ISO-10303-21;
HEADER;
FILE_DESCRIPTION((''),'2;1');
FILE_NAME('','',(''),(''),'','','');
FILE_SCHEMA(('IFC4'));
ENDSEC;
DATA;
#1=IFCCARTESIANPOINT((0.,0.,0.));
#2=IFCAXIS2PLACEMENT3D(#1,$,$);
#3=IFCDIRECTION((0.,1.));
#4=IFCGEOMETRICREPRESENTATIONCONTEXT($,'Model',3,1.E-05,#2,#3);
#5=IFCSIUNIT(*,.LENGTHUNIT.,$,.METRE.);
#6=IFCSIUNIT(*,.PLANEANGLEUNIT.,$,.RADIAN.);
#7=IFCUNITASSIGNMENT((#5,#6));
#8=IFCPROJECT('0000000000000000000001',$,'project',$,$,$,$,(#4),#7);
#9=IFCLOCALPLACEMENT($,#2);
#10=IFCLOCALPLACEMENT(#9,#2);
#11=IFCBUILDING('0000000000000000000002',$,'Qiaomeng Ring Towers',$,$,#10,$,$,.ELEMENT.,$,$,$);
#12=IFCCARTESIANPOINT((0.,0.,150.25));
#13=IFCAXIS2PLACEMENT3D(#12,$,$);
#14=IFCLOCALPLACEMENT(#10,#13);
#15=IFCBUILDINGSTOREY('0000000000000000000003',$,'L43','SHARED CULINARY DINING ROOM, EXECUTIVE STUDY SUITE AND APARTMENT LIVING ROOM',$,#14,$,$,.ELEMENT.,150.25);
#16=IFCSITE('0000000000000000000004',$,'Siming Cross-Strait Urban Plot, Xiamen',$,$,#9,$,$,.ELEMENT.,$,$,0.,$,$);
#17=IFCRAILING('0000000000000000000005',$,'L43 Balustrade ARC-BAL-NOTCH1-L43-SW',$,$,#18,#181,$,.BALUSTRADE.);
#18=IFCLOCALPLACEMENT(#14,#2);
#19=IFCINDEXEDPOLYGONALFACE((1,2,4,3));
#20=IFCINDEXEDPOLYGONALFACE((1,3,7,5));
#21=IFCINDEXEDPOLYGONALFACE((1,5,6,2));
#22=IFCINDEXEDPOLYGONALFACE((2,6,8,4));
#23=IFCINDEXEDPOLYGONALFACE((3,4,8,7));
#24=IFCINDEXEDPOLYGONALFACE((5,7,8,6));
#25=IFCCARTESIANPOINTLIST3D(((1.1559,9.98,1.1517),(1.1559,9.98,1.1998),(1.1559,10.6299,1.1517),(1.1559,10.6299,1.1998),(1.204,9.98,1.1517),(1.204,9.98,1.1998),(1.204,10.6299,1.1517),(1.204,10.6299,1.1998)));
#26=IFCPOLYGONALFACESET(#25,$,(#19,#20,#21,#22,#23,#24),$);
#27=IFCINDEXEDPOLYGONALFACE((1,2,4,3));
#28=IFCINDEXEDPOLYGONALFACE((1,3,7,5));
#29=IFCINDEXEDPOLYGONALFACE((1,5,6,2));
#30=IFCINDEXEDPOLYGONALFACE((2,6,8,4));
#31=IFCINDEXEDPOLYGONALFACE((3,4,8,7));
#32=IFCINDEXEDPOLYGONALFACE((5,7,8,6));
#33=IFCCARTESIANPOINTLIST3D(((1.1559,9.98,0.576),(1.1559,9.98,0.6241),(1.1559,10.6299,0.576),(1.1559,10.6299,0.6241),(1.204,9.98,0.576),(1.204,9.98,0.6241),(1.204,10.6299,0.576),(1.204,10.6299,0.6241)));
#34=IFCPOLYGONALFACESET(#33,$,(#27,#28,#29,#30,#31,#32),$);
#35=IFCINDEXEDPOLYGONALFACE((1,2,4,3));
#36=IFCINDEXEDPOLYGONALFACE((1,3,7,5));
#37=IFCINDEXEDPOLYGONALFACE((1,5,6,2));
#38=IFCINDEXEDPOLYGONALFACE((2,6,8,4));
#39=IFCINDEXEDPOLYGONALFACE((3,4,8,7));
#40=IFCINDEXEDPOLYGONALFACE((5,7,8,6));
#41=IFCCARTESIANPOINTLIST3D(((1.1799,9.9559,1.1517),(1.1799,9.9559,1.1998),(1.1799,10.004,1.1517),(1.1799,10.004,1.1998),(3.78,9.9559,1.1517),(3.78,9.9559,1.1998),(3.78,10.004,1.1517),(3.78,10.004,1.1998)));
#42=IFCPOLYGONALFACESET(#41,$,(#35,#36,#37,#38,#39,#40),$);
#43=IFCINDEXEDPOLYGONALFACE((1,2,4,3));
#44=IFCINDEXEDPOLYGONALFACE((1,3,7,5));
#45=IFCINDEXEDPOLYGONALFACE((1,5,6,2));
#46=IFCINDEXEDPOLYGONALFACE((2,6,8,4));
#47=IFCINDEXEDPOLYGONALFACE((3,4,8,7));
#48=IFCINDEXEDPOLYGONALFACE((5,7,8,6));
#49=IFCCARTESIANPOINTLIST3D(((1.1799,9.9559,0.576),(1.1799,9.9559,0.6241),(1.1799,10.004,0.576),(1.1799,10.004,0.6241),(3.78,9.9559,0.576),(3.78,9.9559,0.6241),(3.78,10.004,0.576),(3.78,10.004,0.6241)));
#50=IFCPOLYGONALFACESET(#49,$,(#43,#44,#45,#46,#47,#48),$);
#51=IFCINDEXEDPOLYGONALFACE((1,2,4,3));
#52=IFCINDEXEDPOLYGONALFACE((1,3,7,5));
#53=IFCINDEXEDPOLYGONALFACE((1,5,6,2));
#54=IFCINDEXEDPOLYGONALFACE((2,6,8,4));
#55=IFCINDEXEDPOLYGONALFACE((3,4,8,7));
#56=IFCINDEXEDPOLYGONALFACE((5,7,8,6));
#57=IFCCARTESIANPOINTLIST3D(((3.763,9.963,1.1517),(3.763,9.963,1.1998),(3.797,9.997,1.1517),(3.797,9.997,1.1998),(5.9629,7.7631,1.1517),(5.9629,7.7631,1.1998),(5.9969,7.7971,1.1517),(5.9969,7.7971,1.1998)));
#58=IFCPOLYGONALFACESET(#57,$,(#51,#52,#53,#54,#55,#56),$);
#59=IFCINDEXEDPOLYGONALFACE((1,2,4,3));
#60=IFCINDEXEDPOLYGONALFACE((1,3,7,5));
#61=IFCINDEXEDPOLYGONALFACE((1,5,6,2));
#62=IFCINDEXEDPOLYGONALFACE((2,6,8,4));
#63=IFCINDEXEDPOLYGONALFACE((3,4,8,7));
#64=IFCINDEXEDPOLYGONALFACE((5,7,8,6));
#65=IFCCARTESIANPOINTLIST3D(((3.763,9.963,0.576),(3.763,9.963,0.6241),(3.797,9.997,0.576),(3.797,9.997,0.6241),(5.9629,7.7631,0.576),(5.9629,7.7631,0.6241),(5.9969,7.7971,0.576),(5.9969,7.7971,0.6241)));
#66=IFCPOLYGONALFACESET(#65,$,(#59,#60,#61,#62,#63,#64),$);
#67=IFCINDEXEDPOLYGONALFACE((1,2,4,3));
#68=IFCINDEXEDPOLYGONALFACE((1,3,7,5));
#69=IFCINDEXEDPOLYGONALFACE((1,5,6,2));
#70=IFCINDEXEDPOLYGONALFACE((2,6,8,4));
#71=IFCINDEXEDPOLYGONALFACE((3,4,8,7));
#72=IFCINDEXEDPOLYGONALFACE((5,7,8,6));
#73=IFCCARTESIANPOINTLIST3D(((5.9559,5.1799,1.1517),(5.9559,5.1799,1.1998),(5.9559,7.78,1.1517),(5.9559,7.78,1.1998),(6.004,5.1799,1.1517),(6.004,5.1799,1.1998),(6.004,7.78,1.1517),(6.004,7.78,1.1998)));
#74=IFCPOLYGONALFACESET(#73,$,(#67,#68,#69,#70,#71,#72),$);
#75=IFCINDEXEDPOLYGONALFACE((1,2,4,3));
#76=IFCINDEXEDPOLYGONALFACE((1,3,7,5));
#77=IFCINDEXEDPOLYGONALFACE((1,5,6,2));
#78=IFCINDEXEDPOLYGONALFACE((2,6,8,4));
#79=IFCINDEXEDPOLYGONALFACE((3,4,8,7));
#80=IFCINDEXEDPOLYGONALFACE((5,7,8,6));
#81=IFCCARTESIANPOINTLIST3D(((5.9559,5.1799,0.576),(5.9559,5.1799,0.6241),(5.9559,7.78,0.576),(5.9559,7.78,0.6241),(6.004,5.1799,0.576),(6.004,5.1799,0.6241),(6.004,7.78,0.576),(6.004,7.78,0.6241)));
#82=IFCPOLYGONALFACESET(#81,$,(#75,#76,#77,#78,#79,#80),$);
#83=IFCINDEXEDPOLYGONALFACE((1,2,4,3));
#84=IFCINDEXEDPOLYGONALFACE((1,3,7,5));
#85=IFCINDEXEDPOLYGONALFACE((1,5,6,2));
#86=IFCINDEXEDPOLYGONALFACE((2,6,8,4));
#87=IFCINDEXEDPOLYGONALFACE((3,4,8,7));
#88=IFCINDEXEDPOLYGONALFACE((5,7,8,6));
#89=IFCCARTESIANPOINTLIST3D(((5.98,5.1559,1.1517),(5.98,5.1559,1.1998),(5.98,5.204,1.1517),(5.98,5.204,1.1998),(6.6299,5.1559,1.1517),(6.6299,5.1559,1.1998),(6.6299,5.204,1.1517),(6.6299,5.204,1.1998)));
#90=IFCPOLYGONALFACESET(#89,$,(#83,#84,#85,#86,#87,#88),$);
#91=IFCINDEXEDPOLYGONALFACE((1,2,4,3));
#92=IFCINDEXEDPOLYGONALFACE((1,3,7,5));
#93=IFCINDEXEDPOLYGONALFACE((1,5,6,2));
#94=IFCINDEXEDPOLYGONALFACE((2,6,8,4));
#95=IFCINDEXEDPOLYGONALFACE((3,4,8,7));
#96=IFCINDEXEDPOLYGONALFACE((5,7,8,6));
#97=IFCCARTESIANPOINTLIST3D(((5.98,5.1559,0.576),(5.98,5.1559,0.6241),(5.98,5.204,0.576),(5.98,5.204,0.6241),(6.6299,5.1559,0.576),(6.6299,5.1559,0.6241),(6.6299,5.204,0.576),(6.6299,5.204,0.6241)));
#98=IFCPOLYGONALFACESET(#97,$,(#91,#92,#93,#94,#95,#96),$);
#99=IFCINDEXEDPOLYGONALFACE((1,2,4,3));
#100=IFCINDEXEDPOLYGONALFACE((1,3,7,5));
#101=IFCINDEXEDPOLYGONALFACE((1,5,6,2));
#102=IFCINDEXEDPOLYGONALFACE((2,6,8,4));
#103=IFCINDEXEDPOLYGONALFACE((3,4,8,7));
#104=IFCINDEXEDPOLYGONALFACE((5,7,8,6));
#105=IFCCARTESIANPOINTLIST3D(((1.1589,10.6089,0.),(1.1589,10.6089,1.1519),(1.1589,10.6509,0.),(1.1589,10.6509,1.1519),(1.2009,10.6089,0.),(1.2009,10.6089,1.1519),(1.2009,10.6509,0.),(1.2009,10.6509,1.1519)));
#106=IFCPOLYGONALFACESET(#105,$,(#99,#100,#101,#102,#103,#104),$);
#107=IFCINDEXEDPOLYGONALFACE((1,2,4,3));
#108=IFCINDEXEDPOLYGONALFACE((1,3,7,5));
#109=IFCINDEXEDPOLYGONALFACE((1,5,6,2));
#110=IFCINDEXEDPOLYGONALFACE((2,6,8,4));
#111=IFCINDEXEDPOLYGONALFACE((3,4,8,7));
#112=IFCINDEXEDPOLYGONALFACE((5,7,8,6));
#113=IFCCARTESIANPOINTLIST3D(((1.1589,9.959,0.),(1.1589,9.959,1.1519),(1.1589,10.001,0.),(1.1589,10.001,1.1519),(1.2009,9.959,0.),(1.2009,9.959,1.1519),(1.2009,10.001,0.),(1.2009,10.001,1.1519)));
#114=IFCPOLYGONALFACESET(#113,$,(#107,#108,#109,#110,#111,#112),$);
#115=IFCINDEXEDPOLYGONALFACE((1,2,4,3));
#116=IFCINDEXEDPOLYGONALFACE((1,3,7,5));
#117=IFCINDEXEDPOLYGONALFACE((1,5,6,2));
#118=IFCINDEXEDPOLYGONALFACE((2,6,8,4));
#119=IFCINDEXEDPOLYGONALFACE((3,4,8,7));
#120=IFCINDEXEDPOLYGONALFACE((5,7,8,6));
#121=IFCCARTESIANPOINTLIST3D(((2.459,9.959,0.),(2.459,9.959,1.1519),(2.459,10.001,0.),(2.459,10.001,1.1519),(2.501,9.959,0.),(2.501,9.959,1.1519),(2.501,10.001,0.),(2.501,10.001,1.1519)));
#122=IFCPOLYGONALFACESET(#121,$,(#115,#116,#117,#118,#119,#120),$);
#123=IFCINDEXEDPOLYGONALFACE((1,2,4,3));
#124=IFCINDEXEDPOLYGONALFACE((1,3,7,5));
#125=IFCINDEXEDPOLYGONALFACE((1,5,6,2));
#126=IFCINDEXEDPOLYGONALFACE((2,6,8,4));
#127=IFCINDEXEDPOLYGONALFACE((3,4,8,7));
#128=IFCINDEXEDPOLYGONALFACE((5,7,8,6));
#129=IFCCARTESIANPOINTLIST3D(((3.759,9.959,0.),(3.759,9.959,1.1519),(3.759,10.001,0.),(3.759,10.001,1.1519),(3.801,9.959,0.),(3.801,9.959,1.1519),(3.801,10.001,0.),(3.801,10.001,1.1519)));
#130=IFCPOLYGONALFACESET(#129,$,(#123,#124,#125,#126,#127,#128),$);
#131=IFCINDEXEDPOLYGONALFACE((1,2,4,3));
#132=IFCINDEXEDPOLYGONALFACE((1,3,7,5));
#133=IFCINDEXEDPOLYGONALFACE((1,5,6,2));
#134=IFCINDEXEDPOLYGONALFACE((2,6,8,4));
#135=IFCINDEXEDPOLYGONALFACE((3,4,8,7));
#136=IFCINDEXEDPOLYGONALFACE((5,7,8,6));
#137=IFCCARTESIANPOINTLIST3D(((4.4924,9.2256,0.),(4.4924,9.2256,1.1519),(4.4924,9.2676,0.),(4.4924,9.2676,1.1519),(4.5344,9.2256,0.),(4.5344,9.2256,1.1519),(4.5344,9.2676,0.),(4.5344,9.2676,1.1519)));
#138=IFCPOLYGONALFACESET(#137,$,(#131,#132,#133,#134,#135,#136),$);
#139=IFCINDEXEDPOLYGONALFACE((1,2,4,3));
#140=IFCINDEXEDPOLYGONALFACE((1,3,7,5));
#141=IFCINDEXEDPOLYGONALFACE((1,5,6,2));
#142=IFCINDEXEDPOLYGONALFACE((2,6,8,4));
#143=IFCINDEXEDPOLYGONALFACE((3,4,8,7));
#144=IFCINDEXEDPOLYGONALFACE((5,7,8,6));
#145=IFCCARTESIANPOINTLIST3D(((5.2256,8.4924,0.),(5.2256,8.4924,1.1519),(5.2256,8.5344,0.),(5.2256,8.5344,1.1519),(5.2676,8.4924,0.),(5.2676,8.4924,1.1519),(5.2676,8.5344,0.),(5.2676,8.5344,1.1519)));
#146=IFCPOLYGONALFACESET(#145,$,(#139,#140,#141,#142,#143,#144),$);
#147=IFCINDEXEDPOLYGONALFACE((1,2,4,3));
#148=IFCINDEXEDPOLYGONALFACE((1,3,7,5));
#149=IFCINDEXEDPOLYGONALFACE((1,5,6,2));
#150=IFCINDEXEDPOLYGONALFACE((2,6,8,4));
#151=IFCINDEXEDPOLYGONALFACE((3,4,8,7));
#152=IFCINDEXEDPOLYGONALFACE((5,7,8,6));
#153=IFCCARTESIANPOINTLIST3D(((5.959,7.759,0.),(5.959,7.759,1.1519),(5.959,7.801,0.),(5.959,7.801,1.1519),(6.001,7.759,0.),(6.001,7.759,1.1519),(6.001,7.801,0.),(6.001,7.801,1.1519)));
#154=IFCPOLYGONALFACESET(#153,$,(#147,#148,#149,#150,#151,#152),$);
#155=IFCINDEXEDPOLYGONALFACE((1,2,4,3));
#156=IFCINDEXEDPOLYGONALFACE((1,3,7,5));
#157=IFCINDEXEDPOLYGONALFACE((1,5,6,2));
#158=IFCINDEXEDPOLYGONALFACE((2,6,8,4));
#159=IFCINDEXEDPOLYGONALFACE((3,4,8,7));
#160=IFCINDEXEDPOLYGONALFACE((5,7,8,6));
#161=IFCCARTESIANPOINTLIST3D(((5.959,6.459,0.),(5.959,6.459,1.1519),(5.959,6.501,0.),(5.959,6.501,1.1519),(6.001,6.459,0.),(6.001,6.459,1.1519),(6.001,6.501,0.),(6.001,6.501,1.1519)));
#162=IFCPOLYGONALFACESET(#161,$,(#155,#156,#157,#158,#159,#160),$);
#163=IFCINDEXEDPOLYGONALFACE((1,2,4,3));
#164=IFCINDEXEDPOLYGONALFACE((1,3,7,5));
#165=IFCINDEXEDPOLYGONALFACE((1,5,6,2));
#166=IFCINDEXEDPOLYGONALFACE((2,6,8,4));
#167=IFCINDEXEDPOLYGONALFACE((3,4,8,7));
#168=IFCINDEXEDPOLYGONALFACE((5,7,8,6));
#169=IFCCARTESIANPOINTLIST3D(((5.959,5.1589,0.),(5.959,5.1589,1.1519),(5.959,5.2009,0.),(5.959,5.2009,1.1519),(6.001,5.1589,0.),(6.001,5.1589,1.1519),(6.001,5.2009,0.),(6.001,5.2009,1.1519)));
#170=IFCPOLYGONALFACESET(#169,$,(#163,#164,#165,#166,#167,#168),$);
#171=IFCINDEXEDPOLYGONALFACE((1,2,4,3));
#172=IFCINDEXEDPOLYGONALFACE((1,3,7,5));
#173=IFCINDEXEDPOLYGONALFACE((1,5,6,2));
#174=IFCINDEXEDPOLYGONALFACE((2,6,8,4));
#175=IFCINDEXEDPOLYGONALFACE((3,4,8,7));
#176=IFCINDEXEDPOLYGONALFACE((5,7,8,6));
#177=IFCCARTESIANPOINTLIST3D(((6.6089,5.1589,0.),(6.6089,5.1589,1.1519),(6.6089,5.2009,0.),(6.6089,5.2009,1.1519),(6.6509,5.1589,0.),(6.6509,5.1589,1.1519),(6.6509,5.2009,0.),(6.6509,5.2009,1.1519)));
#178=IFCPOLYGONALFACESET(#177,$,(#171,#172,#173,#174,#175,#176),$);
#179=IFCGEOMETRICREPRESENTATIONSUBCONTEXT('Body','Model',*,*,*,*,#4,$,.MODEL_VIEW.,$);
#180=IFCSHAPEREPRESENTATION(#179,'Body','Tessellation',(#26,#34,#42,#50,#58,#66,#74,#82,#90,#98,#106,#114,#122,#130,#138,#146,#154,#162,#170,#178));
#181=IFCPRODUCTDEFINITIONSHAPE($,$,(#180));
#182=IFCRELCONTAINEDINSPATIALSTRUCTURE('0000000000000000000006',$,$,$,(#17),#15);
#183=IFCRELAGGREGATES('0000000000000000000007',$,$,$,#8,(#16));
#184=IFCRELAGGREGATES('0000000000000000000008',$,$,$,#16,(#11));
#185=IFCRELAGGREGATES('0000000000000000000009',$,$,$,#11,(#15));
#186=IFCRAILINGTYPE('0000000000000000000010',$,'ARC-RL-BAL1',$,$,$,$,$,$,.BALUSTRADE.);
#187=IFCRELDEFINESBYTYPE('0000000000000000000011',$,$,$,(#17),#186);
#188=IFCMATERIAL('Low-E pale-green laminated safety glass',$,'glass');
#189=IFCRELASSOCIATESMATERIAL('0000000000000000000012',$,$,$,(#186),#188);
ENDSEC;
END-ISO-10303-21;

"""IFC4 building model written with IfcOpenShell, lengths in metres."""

from ifc_helpers import new_model, si_unit, direction, frame, origin, origin_2d, place, context, subcontext, project, spatial, rectangle, extrude, material, type_object, element, save


model = new_model("IFC4")

# Units and contexts
model_context = context("Model", 3, precision=1e-05, world=origin(), true_north=direction((0.0, 1.0)))
body_context = subcontext(model_context, "Body", "Model", "MODEL_VIEW")
ifc_project = project(units=[si_unit("LENGTHUNIT", "METRE"), si_unit("PLANEANGLEUNIT", "RADIAN")], contexts=[model_context])

# Site, building, storey
site_placement = place(None, origin())
site = spatial("IfcSite", under=ifc_project, at=site_placement, Name="Siming Cross-Strait Urban Plot, Xiamen", CompositionType="ELEMENT", RefElevation=0.0)
building_placement = place(site_placement, origin())
building = spatial("IfcBuilding", under=site, at=building_placement, Name="Qiaomeng Ring Towers", CompositionType="ELEMENT")
storey_placement = place(building_placement, frame((0.0, 0.0, 150.25)))
storey = spatial("IfcBuildingStorey", under=building, at=storey_placement, Name="L43", Description="SHARED CULINARY DINING ROOM, EXECUTIVE STUDY SUITE AND APARTMENT LIVING ROOM", CompositionType="ELEMENT", Elevation=150.25)

# Railing
ifc_material_1 = material(Name="Low-E pale-green laminated safety glass", Category="glass")
railing_type_1 = type_object("IfcRailingType", Name="ARC-RL-BAL1", PredefinedType="BALUSTRADE", material=ifc_material_1)
railing_1_placement = place(storey_placement, frame((1.1799, 10.6299, 0.0)))
element("IfcRailing", 1, at=railing_1_placement, inside=storey, type_object=railing_type_1, Name="L43 Balustrade ARC-BAL-NOTCH1-L43-SW", PredefinedType="BALUSTRADE", context=body_context, shape_type="SweptSolid", body=[
    extrude(rectangle(XDim=0.0481, YDim=0.0481, at=origin_2d()), frame((0.0, 0.0, 1.1758), z_axis=(0.0, -1.0, 0.0), x_axis=(1.0, 0.0, 0.0)), (0.0, 0.0, 1.0), 0.6499),
    extrude(rectangle(XDim=0.0481, YDim=0.0481, at=origin_2d()), frame((0.0, 0.0, 0.6001), z_axis=(0.0, -1.0, 0.0), x_axis=(1.0, 0.0, 0.0)), (0.0, 0.0, 1.0), 0.6499),
    extrude(rectangle(XDim=0.0481, YDim=0.0481, at=origin_2d()), frame((0.0, -0.6499, 1.1758), z_axis=(1.0, 0.0, 0.0), x_axis=(0.0, 1.0, 0.0)), (0.0, 0.0, 1.0), 2.6001),
    extrude(rectangle(XDim=0.0481, YDim=0.0481, at=origin_2d()), frame((0.0, -0.6499, 0.6001), z_axis=(1.0, 0.0, 0.0), x_axis=(0.0, 1.0, 0.0)), (0.0, 0.0, 1.0), 2.6001),
    extrude(rectangle(XDim=0.0481, YDim=0.0481, at=origin_2d()), frame((2.6001, -0.6499, 1.1758), z_axis=(0.707107, -0.707107, 0.0), x_axis=(0.707107, 0.707107, 0.0)), (0.0, 0.0, 1.0), 3.1111),
    extrude(rectangle(XDim=0.0481, YDim=0.0481, at=origin_2d()), frame((2.6001, -0.6499, 0.6001), z_axis=(0.707107, -0.707107, 0.0), x_axis=(0.707107, 0.707107, 0.0)), (0.0, 0.0, 1.0), 3.1111),
    extrude(rectangle(XDim=0.0481, YDim=0.0481, at=origin_2d()), frame((4.8, -2.8499, 1.1758), z_axis=(0.0, -1.0, 0.0), x_axis=(1.0, 0.0, 0.0)), (0.0, 0.0, 1.0), 2.6001),
    extrude(rectangle(XDim=0.0481, YDim=0.0481, at=origin_2d()), frame((4.8, -2.8499, 0.6001), z_axis=(0.0, -1.0, 0.0), x_axis=(1.0, 0.0, 0.0)), (0.0, 0.0, 1.0), 2.6001),
    extrude(rectangle(XDim=0.0481, YDim=0.0481, at=origin_2d()), frame((4.8, -5.45, 1.1758), z_axis=(1.0, 0.0, 0.0), x_axis=(0.0, 1.0, 0.0)), (0.0, 0.0, 1.0), 0.6499),
    extrude(rectangle(XDim=0.0481, YDim=0.0481, at=origin_2d()), frame((4.8, -5.45, 0.6001), z_axis=(1.0, 0.0, 0.0), x_axis=(0.0, 1.0, 0.0)), (0.0, 0.0, 1.0), 0.6499),
    extrude(rectangle(XDim=0.042, YDim=0.042, at=origin_2d()), origin(), (0.0, 0.0, 1.0), 1.1519),
    extrude(rectangle(XDim=0.042, YDim=0.042, at=origin_2d()), frame((0.0, -0.6499, 0.0)), (0.0, 0.0, 1.0), 1.1519),
    extrude(rectangle(XDim=0.042, YDim=0.042, at=origin_2d()), frame((1.3, -0.6499, 0.0)), (0.0, 0.0, 1.0), 1.1519),
    extrude(rectangle(XDim=0.042, YDim=0.042, at=origin_2d()), frame((2.6001, -0.6499, 0.0)), (0.0, 0.0, 1.0), 1.1519),
    extrude(rectangle(XDim=0.042, YDim=0.042, at=origin_2d()), frame((3.3335, -1.3833, 0.0)), (0.0, 0.0, 1.0), 1.1519),
    extrude(rectangle(XDim=0.042, YDim=0.042, at=origin_2d()), frame((4.0667, -2.1165, 0.0)), (0.0, 0.0, 1.0), 1.1519),
    extrude(rectangle(XDim=0.042, YDim=0.042, at=origin_2d()), frame((4.8, -2.8499, 0.0)), (0.0, 0.0, 1.0), 1.1519),
    extrude(rectangle(XDim=0.042, YDim=0.042, at=origin_2d()), frame((4.8, -4.1499, 0.0)), (0.0, 0.0, 1.0), 1.1519),
    extrude(rectangle(XDim=0.042, YDim=0.042, at=origin_2d()), frame((4.8, -5.45, 0.0)), (0.0, 0.0, 1.0), 1.1519),
    extrude(rectangle(XDim=0.042, YDim=0.042, at=origin_2d()), frame((5.45, -5.45, 0.0)), (0.0, 0.0, 1.0), 1.1519),
])

save(model, "model.ifc")
